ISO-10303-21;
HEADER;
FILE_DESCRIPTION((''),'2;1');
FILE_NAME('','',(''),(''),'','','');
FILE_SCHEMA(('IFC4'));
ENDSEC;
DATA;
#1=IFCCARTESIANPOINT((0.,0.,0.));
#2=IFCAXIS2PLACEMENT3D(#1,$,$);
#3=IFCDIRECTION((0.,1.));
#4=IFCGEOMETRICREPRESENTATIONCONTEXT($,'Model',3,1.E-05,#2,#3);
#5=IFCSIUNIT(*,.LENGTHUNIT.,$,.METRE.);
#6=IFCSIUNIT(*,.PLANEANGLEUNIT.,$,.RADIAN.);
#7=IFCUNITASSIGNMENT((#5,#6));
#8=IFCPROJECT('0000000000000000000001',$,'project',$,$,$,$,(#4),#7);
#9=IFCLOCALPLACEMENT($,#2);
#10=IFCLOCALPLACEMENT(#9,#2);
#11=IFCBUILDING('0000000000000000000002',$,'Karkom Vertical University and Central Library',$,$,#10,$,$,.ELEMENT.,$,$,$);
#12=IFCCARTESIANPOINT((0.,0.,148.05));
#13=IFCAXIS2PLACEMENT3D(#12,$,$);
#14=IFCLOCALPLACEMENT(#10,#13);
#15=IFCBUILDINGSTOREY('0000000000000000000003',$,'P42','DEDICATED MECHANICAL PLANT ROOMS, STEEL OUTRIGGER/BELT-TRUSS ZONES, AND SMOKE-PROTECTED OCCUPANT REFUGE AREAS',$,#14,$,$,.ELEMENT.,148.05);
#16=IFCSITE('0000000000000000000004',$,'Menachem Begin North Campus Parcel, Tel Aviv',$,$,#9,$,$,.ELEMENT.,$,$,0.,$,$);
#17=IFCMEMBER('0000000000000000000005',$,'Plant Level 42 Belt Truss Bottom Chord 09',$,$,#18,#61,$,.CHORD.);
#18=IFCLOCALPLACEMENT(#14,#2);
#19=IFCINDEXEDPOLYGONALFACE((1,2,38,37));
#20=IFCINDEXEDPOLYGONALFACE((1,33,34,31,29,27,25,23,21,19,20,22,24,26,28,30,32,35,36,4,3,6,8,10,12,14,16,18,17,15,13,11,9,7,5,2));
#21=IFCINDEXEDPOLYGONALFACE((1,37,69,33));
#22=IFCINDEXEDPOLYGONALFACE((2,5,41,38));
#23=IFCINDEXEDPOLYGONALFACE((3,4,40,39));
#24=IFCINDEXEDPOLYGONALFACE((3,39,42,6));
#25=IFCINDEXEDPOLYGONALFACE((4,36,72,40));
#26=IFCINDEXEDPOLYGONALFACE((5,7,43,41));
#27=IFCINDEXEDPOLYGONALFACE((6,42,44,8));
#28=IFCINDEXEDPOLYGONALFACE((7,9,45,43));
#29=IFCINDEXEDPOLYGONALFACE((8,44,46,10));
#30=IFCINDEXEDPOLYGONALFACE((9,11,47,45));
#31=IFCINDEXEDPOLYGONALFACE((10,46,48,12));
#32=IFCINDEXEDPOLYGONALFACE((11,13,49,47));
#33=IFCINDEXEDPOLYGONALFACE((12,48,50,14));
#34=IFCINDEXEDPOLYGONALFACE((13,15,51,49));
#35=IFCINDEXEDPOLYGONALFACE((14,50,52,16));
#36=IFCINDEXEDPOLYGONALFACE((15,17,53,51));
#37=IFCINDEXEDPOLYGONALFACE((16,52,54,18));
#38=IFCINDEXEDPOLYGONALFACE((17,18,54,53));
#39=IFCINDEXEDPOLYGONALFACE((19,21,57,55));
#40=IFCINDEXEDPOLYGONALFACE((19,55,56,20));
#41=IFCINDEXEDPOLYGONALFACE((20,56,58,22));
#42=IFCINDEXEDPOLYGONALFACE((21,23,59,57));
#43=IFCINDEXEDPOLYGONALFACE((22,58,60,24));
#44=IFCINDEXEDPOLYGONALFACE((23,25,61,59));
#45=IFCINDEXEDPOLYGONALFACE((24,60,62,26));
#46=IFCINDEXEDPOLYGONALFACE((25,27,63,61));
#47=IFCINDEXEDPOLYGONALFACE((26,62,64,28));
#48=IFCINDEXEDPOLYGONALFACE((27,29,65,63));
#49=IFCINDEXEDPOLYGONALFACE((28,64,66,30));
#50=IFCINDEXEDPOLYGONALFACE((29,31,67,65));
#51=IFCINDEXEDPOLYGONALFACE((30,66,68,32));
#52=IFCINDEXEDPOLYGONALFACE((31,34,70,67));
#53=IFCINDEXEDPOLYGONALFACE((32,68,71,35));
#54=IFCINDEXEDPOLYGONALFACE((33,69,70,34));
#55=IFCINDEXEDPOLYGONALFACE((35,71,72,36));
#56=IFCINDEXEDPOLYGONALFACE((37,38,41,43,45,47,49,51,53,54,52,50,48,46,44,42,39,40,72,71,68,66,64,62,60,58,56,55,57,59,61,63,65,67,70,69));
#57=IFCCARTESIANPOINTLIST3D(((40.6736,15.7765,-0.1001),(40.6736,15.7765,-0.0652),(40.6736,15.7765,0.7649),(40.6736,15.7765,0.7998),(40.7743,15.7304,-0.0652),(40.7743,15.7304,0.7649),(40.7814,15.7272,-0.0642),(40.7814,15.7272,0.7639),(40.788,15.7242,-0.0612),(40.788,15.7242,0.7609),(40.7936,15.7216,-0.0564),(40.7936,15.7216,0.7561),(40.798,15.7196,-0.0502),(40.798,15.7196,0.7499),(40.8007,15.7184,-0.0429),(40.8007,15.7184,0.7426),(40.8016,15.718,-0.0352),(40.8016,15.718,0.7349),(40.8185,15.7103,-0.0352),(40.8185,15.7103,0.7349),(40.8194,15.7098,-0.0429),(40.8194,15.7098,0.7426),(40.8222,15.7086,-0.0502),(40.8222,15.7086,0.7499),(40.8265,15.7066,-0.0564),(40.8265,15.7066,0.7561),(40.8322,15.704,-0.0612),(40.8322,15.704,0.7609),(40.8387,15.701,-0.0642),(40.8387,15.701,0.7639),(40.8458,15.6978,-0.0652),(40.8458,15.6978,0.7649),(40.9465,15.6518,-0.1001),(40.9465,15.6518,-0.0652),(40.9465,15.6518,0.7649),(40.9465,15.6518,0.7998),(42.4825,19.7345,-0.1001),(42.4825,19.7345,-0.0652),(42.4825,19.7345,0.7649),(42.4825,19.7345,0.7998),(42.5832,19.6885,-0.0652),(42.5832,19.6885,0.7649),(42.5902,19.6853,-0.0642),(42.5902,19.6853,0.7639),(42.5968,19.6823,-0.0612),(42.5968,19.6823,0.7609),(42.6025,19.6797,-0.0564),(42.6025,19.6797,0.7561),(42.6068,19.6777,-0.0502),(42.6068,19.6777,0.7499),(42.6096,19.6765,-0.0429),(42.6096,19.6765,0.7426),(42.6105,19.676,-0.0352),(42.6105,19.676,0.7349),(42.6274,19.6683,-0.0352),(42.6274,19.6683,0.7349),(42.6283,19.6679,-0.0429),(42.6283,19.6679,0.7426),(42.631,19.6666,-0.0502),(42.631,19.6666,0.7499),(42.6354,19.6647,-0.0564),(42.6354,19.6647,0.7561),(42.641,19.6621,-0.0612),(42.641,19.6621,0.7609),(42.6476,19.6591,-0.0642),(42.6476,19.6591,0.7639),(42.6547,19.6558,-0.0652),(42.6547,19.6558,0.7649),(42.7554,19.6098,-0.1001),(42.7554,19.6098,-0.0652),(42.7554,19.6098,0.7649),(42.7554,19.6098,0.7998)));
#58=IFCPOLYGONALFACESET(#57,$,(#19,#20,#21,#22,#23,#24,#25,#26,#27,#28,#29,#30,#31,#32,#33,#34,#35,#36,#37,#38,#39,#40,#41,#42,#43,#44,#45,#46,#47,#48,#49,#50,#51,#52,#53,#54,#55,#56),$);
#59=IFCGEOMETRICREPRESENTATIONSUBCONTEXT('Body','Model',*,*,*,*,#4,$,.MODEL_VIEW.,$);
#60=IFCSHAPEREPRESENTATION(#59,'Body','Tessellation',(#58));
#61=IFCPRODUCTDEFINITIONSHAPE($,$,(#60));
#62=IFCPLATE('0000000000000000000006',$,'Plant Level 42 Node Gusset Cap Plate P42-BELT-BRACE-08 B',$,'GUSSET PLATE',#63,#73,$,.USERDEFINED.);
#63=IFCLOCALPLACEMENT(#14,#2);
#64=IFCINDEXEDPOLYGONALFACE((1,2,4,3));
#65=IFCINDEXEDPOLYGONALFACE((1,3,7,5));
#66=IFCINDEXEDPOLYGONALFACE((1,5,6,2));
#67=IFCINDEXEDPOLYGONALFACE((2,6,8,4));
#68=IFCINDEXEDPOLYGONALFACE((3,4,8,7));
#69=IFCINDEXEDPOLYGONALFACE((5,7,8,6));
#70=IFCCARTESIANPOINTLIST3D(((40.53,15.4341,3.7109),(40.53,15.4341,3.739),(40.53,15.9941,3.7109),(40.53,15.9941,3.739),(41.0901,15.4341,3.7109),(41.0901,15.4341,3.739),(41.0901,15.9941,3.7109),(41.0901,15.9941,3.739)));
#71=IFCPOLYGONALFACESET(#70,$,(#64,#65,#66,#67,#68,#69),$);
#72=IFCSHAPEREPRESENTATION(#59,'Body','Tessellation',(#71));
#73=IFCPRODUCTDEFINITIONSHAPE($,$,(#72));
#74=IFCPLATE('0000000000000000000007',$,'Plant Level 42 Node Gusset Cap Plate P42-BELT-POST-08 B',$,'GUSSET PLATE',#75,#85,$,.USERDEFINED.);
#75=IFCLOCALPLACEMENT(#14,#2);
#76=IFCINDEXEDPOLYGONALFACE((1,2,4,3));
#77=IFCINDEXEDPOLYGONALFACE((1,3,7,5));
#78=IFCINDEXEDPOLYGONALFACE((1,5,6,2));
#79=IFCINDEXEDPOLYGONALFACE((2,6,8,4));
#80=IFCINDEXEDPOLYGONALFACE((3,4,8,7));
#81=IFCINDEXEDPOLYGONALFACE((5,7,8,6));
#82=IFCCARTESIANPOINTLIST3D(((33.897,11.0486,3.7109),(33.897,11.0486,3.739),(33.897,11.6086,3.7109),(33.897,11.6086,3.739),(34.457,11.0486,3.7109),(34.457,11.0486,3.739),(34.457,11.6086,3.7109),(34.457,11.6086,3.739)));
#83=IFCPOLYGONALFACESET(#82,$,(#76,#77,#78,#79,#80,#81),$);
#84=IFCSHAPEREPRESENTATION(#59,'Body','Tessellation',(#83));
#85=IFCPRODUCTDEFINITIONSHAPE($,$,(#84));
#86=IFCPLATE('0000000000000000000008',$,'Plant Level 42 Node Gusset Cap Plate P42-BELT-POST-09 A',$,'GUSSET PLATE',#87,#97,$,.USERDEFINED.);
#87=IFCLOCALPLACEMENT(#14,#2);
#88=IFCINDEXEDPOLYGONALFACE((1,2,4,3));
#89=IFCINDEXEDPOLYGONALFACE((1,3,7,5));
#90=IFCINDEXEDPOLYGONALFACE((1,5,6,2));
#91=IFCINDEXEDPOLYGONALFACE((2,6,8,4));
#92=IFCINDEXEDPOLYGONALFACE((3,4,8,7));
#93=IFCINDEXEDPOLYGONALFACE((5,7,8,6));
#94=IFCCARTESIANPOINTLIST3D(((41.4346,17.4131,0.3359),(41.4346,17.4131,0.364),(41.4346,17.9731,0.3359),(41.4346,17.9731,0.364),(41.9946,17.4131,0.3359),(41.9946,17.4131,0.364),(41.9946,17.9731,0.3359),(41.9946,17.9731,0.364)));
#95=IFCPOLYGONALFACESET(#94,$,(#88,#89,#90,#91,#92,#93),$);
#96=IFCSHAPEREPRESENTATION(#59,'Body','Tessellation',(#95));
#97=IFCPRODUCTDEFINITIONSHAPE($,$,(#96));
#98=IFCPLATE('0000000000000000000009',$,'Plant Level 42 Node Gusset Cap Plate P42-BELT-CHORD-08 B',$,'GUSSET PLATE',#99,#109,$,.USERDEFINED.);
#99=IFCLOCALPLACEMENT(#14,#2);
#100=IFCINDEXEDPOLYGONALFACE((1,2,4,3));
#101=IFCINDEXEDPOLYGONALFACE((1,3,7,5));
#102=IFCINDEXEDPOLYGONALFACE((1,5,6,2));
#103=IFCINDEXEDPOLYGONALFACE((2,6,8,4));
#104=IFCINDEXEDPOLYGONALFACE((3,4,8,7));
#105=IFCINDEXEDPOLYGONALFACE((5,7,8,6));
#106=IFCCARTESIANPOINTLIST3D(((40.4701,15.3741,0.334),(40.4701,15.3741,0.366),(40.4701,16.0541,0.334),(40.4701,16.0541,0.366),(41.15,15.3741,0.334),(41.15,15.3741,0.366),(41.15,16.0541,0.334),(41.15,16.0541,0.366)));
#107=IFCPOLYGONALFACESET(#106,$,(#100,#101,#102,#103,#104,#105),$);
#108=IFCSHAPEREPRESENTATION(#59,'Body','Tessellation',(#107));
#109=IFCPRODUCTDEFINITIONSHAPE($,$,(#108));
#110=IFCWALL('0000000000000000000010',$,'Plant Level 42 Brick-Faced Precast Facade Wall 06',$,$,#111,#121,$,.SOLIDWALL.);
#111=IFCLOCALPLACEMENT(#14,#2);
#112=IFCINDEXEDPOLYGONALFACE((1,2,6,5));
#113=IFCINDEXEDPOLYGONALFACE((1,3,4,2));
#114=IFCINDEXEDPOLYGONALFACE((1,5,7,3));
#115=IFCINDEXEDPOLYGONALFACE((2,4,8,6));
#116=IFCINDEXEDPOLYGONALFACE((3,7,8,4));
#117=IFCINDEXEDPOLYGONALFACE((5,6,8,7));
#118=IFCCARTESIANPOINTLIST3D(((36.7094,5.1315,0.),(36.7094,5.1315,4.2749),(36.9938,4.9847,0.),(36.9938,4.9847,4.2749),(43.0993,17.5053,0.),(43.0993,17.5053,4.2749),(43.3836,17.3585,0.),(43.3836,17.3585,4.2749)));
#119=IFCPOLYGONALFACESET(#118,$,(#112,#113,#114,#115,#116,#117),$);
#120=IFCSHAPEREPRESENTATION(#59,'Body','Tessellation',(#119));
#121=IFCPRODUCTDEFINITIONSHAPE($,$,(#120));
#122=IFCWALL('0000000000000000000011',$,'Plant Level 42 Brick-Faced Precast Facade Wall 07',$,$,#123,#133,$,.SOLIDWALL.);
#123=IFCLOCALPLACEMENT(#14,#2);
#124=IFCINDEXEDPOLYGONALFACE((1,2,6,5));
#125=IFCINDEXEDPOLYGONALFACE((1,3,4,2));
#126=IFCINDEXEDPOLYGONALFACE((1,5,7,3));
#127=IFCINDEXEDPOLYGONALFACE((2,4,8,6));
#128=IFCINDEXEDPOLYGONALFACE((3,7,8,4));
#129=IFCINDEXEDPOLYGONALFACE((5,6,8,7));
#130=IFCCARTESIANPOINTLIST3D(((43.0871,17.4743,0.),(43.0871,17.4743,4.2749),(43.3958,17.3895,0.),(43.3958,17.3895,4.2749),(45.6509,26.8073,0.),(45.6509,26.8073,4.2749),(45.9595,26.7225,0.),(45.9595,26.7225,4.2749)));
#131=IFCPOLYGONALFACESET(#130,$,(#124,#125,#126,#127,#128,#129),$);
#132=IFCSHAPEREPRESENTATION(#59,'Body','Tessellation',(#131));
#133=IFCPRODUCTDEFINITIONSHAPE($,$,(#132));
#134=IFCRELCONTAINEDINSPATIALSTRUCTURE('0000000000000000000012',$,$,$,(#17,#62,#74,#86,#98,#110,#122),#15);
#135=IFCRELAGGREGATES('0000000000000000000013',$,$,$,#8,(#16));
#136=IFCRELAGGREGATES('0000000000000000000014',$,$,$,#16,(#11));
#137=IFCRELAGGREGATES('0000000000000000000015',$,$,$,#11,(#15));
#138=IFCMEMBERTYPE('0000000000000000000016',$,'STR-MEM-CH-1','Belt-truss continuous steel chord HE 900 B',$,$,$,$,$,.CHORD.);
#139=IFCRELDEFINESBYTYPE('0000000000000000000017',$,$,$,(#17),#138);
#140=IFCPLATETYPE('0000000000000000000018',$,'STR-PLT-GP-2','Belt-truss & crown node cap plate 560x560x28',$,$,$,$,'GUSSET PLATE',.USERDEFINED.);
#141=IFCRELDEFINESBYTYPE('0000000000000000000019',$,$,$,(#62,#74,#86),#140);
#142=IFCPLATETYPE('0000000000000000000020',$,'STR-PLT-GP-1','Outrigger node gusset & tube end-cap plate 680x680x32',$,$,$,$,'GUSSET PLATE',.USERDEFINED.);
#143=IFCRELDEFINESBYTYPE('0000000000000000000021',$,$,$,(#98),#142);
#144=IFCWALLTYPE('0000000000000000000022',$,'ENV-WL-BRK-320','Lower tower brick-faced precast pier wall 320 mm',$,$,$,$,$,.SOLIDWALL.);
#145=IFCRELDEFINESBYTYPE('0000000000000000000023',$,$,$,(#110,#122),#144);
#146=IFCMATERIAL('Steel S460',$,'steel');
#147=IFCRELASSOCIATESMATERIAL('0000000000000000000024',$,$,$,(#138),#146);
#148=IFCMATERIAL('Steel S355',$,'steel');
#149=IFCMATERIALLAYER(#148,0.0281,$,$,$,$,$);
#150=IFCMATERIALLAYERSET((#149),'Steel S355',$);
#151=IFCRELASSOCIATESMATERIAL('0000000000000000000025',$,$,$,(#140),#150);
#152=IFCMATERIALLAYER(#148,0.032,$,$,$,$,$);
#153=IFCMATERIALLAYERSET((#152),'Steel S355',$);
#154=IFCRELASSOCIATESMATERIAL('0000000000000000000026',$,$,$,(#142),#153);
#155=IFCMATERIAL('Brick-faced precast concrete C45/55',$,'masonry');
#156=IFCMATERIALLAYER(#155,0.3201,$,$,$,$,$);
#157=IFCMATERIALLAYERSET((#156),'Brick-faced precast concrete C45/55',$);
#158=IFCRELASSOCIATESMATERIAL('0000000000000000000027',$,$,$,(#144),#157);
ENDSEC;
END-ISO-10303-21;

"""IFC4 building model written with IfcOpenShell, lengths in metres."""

from ifc_helpers import new_model, si_unit, direction, frame, frame_2d, origin, origin_with_axes, origin_2d, place, context, subcontext, project, spatial, rectangle, i_section, extrude, source, transform, mapped, material, layer, layer_set, material_profile, profile_set, type_object, element, save


model = new_model("IFC4")

# Units and contexts
model_context = context("Model", 3, precision=1e-05, world=origin(), true_north=direction((0.0, 1.0)))
body_context = subcontext(model_context, "Body", "Model", "MODEL_VIEW")
ifc_project = project(units=[si_unit("LENGTHUNIT", "METRE"), si_unit("PLANEANGLEUNIT", "RADIAN")], contexts=[model_context])

# Site, building, storey
site_placement = place(None, origin())
site = spatial("IfcSite", under=ifc_project, at=site_placement, Name="Menachem Begin North Campus Parcel, Tel Aviv", CompositionType="ELEMENT", RefElevation=0.0)
building_placement = place(site_placement, origin())
building = spatial("IfcBuilding", under=site, at=building_placement, Name="Karkom Vertical University and Central Library", CompositionType="ELEMENT")
storey_placement = place(building_placement, frame((0.0, 0.0, 148.05)))
storey = spatial("IfcBuildingStorey", under=building, at=storey_placement, Name="P42", Description="DEDICATED MECHANICAL PLANT ROOMS, STEEL OUTRIGGER/BELT-TRUSS ZONES, AND SMOKE-PROTECTED OCCUPANT REFUGE AREAS", CompositionType="ELEMENT", Elevation=148.05)

# Shared definitions
ifc_material_1 = material(Name="Steel S355", Category="steel")

# Shared definitions
ifc_material_2 = material(Name="Steel S460", Category="steel")

# Member
ifc_material_profile_1 = material_profile(ifc_material_2, i_section(OverallWidth=0.3, OverallDepth=0.8999, WebThickness=0.0186, FlangeThickness=0.0349, FilletRadius=0.03, at=origin_2d()), Name="HE 900 B")
ifc_profile_set_1 = profile_set([ifc_material_profile_1], Name="Steel S460")
member_type_1 = type_object("IfcMemberType", Name="STR-MEM-CH-1", Description="Belt-truss continuous steel chord HE 900 B", PredefinedType="CHORD", material=ifc_profile_set_1)
shared_shape_1 = source(origin_with_axes(), body_context, "Body", "SweptSolid", [
    extrude(i_section(OverallWidth=0.3, OverallDepth=0.8999, WebThickness=0.0186, FlangeThickness=0.0349, FilletRadius=0.03, at=origin_2d()), origin(), (0.0, 0.0, 1.0), 4.3518),
])
member_1_placement = place(storey_placement, frame((40.8101, 15.7141, 0.3499), z_axis=(0.415658, 0.909521, 0.0), x_axis=(-0.909521, 0.415658, 0.0)))
element("IfcMember", 1, at=member_1_placement, inside=storey, type_object=member_type_1, Name="Plant Level 42 Belt Truss Bottom Chord 09", PredefinedType="CHORD", context=body_context, shape_type="MappedRepresentation", body=[
    mapped(shared_shape_1, transform((0.0, 0.0, 0.0), scale=1.0)),
])

# Plates
ifc_layer_1 = layer(ifc_material_1, 0.0281)
ifc_layer_set_1 = layer_set([ifc_layer_1], Name="Steel S355")
plate_type_1 = type_object("IfcPlateType", Name="STR-PLT-GP-2", Description="Belt-truss & crown node cap plate 560x560x28", ElementType="GUSSET PLATE", PredefinedType="USERDEFINED", material=ifc_layer_set_1)
shared_shape_2 = source(origin_with_axes(), body_context, "Body", "SweptSolid", [
    extrude(rectangle(XDim=0.5601, YDim=0.5601, at=origin_2d()), origin(), (0.0, 0.0, 1.0), 0.0281),
])
for number, where, z_axis, x_axis, name in (
    (2, (40.8101, 15.7141, 3.7109), (0.0, 0.0, 1.0), (1.0, 0.0, 0.0), "Plant Level 42 Node Gusset Cap Plate P42-BELT-BRACE-08 B"),
    (3, (34.177, 11.3286, 3.7109), (0.0, 0.0, 1.0), (1.0, 0.0, 0.0), "Plant Level 42 Node Gusset Cap Plate P42-BELT-POST-08 B"),
    (4, (41.7146, 17.6931, 0.3359), (0.0, 0.0, 1.0), (1.0, 0.0, 0.0), "Plant Level 42 Node Gusset Cap Plate P42-BELT-POST-09 A"),
):
    element("IfcPlate", number, at=place(storey_placement, frame(where, z_axis=z_axis, x_axis=x_axis)), inside=storey, type_object=plate_type_1, Name=name, ObjectType="GUSSET PLATE", PredefinedType="USERDEFINED", context=body_context, shape_type="MappedRepresentation", body=[
        mapped(shared_shape_2, transform((0.0, 0.0, 0.0), scale=1.0)),
    ])
ifc_layer_2 = layer(ifc_material_1, 0.032)
ifc_layer_set_2 = layer_set([ifc_layer_2], Name="Steel S355")
plate_type_2 = type_object("IfcPlateType", Name="STR-PLT-GP-1", Description="Outrigger node gusset & tube end-cap plate 680x680x32", ElementType="GUSSET PLATE", PredefinedType="USERDEFINED", material=ifc_layer_set_2)
shared_shape_3 = source(origin_with_axes(), body_context, "Body", "SweptSolid", [
    extrude(rectangle(XDim=0.6799, YDim=0.6799, at=origin_2d()), origin(), (0.0, 0.0, 1.0), 0.032),
])
plate_placement = place(storey_placement, frame((40.8101, 15.7141, 0.334), z_axis=(0.0, 0.0, 1.0), x_axis=(1.0, 0.0, 0.0)))
element("IfcPlate", 5, at=plate_placement, inside=storey, type_object=plate_type_2, Name="Plant Level 42 Node Gusset Cap Plate P42-BELT-CHORD-08 B", ObjectType="GUSSET PLATE", PredefinedType="USERDEFINED", context=body_context, shape_type="MappedRepresentation", body=[
    mapped(shared_shape_3, transform((0.0, 0.0, 0.0), scale=1.0)),
])

# Walls
ifc_material_3 = material(Name="Brick-faced precast concrete C45/55", Category="masonry")
ifc_layer_3 = layer(ifc_material_3, 0.3201)
ifc_layer_set_3 = layer_set([ifc_layer_3], Name="Brick-faced precast concrete C45/55")
wall_type_1 = type_object("IfcWallType", Name="ENV-WL-BRK-320", Description="Lower tower brick-faced precast pier wall 320 mm", PredefinedType="SOLIDWALL", material=ifc_layer_set_3)
wall_1_placement = place(storey_placement, frame((36.8516, 5.0581, 0.0), z_axis=(0.0, 0.0, 1.0), x_axis=(0.458837, 0.88852, 0.0)))
element("IfcWall", 6, at=wall_1_placement, inside=storey, type_object=wall_type_1, Name="Plant Level 42 Brick-Faced Precast Facade Wall 06", PredefinedType="SOLIDWALL", context=body_context, shape_type="SweptSolid", body=[
    extrude(rectangle(XDim=13.9263, YDim=0.3201, at=frame_2d((6.9631, 0.0))), origin(), (0.0, 0.0, 1.0), 4.2749),
])
wall_2_placement = place(storey_placement, frame((43.2415, 17.4319, 0.0), z_axis=(0.0, 0.0, 1.0), x_axis=(0.264882, 0.964281, 0.0)))
element("IfcWall", 7, at=wall_2_placement, inside=storey, type_object=wall_type_1, Name="Plant Level 42 Brick-Faced Precast Facade Wall 07", PredefinedType="SOLIDWALL", context=body_context, shape_type="SweptSolid", body=[
    extrude(rectangle(XDim=9.6787, YDim=0.3201, at=frame_2d((4.8394, 0.0))), origin(), (0.0, 0.0, 1.0), 4.2749),
])

save(model, "model.ifc")
